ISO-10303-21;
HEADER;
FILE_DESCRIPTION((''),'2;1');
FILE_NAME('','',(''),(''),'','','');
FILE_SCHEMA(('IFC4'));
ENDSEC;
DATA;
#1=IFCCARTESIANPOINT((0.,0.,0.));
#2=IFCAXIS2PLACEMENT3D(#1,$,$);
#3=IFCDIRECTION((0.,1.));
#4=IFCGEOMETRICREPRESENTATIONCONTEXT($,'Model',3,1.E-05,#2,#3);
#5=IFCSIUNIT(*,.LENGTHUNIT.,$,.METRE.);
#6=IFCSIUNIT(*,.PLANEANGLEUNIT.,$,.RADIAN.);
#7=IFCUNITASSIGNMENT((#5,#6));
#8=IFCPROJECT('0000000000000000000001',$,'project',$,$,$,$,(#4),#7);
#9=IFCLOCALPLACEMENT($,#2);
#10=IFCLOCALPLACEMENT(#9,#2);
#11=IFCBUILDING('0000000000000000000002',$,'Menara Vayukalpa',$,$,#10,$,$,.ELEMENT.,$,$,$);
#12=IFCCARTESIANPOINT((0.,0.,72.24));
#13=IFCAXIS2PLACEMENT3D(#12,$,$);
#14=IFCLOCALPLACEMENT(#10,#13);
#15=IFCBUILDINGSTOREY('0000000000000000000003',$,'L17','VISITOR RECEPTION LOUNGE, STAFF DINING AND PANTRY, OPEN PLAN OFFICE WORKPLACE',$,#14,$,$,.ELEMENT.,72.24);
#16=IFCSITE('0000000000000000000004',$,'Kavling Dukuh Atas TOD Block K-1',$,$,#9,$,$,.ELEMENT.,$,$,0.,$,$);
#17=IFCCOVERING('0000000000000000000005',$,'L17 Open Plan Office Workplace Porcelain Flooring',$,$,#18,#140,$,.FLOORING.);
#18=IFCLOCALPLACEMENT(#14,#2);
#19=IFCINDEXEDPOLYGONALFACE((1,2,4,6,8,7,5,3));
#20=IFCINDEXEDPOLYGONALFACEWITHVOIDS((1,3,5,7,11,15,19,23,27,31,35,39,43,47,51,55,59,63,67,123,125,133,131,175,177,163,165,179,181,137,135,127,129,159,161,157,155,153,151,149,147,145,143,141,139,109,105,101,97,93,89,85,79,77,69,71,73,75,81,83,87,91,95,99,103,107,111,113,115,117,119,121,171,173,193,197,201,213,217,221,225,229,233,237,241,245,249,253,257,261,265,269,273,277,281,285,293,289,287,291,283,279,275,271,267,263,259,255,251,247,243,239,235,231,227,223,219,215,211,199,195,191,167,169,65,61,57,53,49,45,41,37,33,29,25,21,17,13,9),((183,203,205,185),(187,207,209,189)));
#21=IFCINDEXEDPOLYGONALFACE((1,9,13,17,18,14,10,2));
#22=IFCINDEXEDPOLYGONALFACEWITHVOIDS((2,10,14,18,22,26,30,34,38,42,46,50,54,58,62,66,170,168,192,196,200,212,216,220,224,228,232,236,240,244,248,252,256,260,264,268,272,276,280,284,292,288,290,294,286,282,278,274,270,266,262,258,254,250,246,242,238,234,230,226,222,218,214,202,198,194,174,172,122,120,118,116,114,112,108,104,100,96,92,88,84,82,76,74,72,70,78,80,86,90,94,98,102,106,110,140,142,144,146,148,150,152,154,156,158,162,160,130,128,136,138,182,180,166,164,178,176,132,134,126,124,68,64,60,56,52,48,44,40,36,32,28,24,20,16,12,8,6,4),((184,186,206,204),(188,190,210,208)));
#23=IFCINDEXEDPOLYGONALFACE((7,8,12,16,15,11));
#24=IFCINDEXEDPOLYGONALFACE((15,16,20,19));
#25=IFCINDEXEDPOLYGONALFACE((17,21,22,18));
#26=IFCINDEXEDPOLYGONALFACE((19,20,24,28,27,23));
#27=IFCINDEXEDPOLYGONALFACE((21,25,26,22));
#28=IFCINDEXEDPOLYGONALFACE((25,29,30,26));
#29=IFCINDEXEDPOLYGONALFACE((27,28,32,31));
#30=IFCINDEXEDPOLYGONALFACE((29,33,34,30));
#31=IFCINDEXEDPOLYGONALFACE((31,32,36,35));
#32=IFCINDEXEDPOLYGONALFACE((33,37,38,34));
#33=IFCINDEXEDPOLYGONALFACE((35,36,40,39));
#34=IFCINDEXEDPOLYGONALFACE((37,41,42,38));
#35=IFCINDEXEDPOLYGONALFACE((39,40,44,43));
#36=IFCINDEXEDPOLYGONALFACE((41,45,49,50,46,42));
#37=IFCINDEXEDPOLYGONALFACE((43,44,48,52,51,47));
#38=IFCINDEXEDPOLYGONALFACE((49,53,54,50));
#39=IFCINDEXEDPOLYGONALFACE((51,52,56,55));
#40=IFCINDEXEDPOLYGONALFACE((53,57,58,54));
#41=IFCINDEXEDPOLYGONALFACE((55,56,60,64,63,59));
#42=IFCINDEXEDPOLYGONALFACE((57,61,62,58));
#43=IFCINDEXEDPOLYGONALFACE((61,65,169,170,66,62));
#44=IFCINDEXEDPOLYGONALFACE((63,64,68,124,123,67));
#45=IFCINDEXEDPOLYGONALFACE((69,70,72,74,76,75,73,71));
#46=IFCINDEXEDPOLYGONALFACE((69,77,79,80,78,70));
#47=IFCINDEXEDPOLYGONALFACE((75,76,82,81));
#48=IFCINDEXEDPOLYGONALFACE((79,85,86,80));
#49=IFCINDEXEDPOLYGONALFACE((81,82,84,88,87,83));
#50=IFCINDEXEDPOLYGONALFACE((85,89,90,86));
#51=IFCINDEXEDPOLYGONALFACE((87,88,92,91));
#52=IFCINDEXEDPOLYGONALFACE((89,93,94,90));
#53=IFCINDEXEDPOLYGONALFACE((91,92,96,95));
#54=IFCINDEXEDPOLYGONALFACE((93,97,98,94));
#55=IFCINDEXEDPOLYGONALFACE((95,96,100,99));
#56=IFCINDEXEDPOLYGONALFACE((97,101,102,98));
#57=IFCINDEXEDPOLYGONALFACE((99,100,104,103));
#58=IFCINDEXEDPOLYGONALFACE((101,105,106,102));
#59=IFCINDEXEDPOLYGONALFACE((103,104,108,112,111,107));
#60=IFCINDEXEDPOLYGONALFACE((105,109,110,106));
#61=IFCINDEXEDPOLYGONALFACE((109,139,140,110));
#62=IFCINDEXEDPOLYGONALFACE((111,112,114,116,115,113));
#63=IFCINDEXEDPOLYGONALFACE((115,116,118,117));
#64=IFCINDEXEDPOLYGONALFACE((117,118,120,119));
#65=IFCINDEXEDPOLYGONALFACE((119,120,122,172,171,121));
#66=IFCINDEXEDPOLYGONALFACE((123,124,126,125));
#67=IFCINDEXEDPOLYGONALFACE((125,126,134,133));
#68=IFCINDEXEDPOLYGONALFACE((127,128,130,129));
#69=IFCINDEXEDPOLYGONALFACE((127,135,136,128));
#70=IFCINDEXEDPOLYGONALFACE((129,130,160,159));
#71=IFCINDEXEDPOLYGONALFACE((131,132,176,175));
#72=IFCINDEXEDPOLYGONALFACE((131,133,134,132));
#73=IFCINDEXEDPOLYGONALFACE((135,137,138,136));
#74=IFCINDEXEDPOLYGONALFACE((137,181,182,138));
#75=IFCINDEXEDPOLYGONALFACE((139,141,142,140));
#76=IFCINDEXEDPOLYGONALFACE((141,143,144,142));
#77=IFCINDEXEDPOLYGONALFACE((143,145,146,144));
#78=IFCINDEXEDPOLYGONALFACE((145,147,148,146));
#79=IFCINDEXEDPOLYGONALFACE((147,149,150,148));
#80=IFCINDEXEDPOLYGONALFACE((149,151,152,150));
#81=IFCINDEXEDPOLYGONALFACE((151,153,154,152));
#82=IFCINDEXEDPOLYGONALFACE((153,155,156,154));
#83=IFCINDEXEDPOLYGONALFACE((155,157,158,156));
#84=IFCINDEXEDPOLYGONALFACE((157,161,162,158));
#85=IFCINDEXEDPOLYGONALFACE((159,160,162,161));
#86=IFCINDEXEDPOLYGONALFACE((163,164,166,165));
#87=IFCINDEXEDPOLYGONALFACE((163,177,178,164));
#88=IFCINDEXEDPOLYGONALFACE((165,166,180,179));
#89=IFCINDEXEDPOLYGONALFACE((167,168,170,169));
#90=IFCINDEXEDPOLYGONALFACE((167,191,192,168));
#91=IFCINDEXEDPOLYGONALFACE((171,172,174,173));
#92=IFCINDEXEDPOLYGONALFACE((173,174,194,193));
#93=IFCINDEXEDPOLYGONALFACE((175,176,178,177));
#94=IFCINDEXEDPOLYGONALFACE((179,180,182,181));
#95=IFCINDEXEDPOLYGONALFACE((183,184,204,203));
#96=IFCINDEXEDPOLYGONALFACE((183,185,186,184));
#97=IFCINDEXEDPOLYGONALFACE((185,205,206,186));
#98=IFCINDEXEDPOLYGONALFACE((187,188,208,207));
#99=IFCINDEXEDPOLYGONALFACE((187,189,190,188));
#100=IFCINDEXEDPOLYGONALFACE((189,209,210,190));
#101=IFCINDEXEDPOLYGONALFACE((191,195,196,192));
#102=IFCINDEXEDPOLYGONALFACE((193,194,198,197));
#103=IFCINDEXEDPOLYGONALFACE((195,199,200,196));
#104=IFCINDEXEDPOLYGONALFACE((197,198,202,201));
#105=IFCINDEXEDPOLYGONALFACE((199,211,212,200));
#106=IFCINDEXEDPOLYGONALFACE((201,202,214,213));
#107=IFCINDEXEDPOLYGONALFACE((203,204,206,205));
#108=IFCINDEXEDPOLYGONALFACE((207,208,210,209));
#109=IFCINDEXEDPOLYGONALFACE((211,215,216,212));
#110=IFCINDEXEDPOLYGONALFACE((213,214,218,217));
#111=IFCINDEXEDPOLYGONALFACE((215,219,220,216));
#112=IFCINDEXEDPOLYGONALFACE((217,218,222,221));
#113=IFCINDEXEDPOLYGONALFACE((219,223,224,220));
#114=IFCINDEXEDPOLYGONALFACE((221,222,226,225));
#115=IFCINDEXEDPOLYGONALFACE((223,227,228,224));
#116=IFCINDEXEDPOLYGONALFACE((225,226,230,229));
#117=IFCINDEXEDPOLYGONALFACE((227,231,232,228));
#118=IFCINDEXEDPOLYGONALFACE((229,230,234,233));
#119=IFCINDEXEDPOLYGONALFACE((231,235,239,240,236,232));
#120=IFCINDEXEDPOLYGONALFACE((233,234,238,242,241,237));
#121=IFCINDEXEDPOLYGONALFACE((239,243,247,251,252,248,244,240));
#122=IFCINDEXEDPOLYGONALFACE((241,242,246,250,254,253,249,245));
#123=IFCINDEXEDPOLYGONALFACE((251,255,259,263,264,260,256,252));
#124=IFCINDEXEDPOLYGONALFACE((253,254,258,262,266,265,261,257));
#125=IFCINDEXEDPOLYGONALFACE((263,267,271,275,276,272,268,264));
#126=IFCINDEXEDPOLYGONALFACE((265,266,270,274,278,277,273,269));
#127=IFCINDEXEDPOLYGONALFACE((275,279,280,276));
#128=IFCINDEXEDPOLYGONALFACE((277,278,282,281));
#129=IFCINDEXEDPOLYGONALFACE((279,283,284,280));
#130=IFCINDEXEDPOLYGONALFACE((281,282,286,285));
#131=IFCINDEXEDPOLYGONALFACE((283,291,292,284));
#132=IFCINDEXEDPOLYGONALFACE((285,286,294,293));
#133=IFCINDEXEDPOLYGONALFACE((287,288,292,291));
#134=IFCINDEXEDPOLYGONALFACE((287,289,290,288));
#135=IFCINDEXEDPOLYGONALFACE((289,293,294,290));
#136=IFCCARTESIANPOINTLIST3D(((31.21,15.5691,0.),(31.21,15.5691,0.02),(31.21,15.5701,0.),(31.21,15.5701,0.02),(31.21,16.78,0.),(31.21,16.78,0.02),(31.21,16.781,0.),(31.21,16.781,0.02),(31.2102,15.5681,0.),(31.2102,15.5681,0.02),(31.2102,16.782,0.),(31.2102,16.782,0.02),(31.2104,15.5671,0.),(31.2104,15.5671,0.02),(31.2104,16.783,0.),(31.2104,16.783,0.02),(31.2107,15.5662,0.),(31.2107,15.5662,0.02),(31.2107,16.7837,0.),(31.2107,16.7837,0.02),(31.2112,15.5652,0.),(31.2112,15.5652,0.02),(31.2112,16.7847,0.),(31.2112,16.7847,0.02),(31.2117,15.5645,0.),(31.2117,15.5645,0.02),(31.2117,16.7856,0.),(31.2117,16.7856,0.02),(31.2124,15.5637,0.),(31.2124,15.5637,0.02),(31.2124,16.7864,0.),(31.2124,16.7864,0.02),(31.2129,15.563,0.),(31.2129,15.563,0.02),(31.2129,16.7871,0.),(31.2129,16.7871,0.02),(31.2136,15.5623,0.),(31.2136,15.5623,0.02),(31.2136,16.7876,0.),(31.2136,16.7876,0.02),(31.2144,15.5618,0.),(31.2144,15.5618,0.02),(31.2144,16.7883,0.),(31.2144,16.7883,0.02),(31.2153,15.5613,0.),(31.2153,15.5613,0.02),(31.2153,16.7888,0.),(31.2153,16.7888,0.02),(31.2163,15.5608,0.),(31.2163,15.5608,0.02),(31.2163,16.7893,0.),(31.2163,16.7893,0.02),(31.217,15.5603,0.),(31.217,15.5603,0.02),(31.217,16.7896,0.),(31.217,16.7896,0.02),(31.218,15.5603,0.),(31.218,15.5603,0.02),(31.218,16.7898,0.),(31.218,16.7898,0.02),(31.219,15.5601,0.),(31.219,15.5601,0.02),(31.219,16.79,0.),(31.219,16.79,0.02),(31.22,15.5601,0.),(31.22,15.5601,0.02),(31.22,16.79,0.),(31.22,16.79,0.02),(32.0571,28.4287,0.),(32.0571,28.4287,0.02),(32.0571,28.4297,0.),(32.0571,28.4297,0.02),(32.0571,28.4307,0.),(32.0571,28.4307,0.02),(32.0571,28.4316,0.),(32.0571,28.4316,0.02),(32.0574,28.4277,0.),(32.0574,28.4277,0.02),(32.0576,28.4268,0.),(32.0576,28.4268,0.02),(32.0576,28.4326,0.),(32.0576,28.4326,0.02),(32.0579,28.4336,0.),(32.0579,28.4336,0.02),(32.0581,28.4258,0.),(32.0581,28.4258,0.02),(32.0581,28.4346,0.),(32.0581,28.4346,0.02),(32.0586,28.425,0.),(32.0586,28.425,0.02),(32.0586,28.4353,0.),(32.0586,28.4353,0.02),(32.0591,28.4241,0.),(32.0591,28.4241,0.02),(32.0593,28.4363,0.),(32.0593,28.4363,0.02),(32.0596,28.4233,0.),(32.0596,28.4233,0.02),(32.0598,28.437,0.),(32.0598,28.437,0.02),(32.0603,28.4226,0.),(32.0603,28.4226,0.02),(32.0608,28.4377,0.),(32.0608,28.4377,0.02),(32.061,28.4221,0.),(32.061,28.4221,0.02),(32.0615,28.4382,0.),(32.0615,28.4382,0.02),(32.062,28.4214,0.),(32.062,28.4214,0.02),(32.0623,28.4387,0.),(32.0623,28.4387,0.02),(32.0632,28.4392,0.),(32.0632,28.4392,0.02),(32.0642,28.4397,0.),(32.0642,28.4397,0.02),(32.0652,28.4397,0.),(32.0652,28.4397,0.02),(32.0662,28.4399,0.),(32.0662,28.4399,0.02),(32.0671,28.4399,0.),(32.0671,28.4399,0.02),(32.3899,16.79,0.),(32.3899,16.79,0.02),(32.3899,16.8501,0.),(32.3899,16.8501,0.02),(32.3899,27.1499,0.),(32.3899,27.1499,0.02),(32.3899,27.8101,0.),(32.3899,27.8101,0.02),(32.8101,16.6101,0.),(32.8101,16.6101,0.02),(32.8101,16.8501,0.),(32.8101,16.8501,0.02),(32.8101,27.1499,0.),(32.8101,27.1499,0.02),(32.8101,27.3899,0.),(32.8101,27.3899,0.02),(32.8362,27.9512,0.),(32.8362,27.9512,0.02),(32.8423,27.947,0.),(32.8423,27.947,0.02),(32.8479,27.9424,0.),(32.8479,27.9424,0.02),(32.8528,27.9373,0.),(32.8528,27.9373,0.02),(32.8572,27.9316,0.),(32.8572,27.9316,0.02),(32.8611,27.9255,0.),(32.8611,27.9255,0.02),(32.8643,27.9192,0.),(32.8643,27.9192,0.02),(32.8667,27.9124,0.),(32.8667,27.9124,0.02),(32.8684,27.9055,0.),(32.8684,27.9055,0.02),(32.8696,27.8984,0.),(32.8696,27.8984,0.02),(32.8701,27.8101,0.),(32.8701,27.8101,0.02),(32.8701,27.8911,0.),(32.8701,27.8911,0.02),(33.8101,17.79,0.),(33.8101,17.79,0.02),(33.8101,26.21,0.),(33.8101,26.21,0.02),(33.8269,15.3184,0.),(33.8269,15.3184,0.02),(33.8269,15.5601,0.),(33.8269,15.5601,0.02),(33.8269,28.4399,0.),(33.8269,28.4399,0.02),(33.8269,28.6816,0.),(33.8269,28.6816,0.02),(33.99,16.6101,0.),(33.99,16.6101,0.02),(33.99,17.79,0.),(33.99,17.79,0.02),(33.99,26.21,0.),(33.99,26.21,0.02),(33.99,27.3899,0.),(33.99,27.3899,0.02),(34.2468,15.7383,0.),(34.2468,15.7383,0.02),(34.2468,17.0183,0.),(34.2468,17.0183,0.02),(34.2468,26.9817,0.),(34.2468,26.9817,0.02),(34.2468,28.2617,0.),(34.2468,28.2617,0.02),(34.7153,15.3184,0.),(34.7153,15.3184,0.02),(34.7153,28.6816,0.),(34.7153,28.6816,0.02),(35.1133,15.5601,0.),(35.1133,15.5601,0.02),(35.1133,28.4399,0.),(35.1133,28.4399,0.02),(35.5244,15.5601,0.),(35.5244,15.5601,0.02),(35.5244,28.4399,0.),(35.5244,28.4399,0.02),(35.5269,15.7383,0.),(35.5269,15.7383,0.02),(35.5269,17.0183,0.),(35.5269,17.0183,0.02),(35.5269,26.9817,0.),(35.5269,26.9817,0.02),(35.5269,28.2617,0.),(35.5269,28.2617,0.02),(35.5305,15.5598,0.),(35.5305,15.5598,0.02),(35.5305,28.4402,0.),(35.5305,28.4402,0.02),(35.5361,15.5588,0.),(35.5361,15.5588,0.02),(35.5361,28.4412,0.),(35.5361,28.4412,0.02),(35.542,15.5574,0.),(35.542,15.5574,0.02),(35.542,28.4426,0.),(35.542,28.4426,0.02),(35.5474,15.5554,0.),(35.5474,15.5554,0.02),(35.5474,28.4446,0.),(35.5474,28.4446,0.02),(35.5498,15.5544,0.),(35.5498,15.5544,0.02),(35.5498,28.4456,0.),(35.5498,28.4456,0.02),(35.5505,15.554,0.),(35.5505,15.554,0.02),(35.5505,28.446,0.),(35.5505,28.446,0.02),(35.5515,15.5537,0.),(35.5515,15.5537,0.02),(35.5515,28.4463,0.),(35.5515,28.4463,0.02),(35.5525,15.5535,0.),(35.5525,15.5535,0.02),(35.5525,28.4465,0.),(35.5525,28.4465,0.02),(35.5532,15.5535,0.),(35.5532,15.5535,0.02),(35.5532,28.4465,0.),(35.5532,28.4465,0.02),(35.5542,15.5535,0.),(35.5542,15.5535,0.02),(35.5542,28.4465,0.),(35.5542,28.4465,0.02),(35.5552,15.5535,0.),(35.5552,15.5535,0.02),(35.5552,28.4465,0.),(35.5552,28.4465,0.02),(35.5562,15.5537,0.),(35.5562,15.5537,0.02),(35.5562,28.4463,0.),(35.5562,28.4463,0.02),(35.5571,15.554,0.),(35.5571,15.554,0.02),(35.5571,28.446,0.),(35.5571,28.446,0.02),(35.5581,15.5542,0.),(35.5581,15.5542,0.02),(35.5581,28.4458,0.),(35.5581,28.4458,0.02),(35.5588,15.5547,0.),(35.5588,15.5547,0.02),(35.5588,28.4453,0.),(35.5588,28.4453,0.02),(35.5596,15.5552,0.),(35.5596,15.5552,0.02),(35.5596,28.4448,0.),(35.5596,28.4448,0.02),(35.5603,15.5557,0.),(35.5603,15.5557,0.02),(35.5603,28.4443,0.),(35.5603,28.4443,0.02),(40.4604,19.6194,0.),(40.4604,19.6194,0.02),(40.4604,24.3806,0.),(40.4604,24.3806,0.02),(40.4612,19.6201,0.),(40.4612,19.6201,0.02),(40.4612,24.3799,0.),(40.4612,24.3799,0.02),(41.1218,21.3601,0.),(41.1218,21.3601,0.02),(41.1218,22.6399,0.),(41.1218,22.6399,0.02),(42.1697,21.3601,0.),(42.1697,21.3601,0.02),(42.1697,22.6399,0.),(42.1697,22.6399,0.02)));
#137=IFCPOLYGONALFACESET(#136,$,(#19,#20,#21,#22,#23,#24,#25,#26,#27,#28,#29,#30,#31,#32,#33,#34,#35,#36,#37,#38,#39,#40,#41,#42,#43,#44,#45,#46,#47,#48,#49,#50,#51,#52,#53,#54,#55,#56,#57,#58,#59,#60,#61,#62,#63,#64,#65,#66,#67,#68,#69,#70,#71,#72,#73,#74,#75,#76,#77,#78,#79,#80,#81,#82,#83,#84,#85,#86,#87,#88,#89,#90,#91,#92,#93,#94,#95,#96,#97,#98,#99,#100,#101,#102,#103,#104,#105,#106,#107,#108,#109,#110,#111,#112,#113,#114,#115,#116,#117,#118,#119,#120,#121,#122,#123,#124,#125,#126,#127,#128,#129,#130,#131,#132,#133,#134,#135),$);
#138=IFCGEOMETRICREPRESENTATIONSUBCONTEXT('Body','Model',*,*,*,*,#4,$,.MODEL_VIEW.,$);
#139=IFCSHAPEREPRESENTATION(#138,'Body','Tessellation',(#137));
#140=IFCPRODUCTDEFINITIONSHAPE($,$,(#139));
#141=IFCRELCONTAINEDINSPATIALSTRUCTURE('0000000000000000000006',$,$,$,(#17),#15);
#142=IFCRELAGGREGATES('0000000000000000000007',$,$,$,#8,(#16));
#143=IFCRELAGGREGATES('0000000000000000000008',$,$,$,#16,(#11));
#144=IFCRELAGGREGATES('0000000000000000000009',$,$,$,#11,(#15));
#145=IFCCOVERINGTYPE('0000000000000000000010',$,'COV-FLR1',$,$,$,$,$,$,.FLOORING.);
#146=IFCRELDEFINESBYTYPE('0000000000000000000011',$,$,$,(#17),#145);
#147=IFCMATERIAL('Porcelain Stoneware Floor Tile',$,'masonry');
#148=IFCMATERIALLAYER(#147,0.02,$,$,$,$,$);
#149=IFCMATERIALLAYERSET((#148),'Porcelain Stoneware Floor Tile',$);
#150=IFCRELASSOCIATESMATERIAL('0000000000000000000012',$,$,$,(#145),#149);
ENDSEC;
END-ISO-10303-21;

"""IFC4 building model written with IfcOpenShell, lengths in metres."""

from ifc_helpers import new_model, si_unit, direction, frame, origin, place, context, subcontext, project, spatial, polyline, outline, extrude, material, layer, layer_set, type_object, element, save


model = new_model("IFC4")

# Units and contexts
model_context = context("Model", 3, precision=1e-05, world=origin(), true_north=direction((0.0, 1.0)))
body_context = subcontext(model_context, "Body", "Model", "MODEL_VIEW")
ifc_project = project(units=[si_unit("LENGTHUNIT", "METRE"), si_unit("PLANEANGLEUNIT", "RADIAN")], contexts=[model_context])

# Site, building, storey
site_placement = place(None, origin())
site = spatial("IfcSite", under=ifc_project, at=site_placement, Name="Kavling Dukuh Atas TOD Block K-1", CompositionType="ELEMENT", RefElevation=0.0)
building_placement = place(site_placement, origin())
building = spatial("IfcBuilding", under=site, at=building_placement, Name="Menara Vayukalpa", CompositionType="ELEMENT")
storey_placement = place(building_placement, frame((0.0, 0.0, 72.24)))
storey = spatial("IfcBuildingStorey", under=building, at=storey_placement, Name="L17", Description="VISITOR RECEPTION LOUNGE, STAFF DINING AND PANTRY, OPEN PLAN OFFICE WORKPLACE", CompositionType="ELEMENT", Elevation=72.24)

# Covering
ifc_material_1 = material(Name="Porcelain Stoneware Floor Tile", Category="masonry")
ifc_layer_1 = layer(ifc_material_1, 0.02)
ifc_layer_set_1 = layer_set([ifc_layer_1], Name="Porcelain Stoneware Floor Tile")
covering_type_1 = type_object("IfcCoveringType", Name="COV-FLR1", PredefinedType="FLOORING", material=ifc_layer_set_1)
covering_1_placement = place(storey_placement, origin())
element("IfcCovering", 1, at=covering_1_placement, inside=storey, type_object=covering_type_1, Name="L17 Open Plan Office Workplace Porcelain Flooring", PredefinedType="FLOORING", context=body_context, shape_type="SweptSolid", body=[
    extrude(outline(polyline([(31.219, 15.5601), (31.218, 15.5603), (31.217, 15.5603), (31.2163, 15.5608), (31.2153, 15.5613), (31.2144, 15.5618), (31.2136, 15.5623), (31.2129, 15.563), (31.2124, 15.5637), (31.2117, 15.5645), (31.2112, 15.5652), (31.2107, 15.5662), (31.2104, 15.5671), (31.2102, 15.5681), (31.21, 15.5691), (31.21, 15.5701), (31.21, 16.78), (31.21, 16.781), (31.2102, 16.782), (31.2104, 16.783), (31.2107, 16.7837), (31.2112, 16.7847), (31.2117, 16.7856), (31.2124, 16.7864), (31.2129, 16.7871), (31.2136, 16.7876), (31.2144, 16.7883), (31.2153, 16.7888), (31.2163, 16.7893), (31.217, 16.7896), (31.218, 16.7898), (31.219, 16.79), (31.22, 16.79), (32.3899, 16.79), (32.3899, 16.8501), (32.8101, 16.8501), (32.8101, 16.6101), (33.99, 16.6101), (33.99, 17.79), (33.8101, 17.79), (33.8101, 26.21), (33.99, 26.21), (33.99, 27.3899), (32.8101, 27.3899), (32.8101, 27.1499), (32.3899, 27.1499), (32.3899, 27.8101), (32.8701, 27.8101), (32.8701, 27.8911), (32.8696, 27.8984), (32.8684, 27.9055), (32.8667, 27.9124), (32.8643, 27.9192), (32.8611, 27.9255), (32.8572, 27.9316), (32.8528, 27.9373), (32.8479, 27.9424), (32.8423, 27.947), (32.8362, 27.9512), (32.062, 28.4214), (32.061, 28.4221), (32.0603, 28.4226), (32.0596, 28.4233), (32.0591, 28.4241), (32.0586, 28.425), (32.0581, 28.4258), (32.0576, 28.4268), (32.0574, 28.4277), (32.0571, 28.4287), (32.0571, 28.4297), (32.0571, 28.4307), (32.0571, 28.4316), (32.0576, 28.4326), (32.0579, 28.4336), (32.0581, 28.4346), (32.0586, 28.4353), (32.0593, 28.4363), (32.0598, 28.437), (32.0608, 28.4377), (32.0615, 28.4382), (32.0623, 28.4387), (32.0632, 28.4392), (32.0642, 28.4397), (32.0652, 28.4397), (32.0662, 28.4399), (32.0671, 28.4399), (33.8269, 28.4399), (33.8269, 28.6816), (34.7153, 28.6816), (35.1133, 28.4399), (35.5244, 28.4399), (35.5305, 28.4402), (35.5361, 28.4412), (35.542, 28.4426), (35.5474, 28.4446), (35.5498, 28.4456), (35.5505, 28.446), (35.5515, 28.4463), (35.5525, 28.4465), (35.5532, 28.4465), (35.5542, 28.4465), (35.5552, 28.4465), (35.5562, 28.4463), (35.5571, 28.446), (35.5581, 28.4458), (35.5588, 28.4453), (35.5596, 28.4448), (35.5603, 28.4443), (40.4604, 24.3806), (40.4612, 24.3799), (42.1697, 22.6399), (41.1218, 22.6399), (41.1218, 21.3601), (42.1697, 21.3601), (40.4612, 19.6201), (40.4604, 19.6194), (35.5603, 15.5557), (35.5596, 15.5552), (35.5588, 15.5547), (35.5581, 15.5542), (35.5571, 15.554), (35.5562, 15.5537), (35.5552, 15.5535), (35.5542, 15.5535), (35.5532, 15.5535), (35.5525, 15.5535), (35.5515, 15.5537), (35.5505, 15.554), (35.5498, 15.5544), (35.5474, 15.5554), (35.542, 15.5574), (35.5361, 15.5588), (35.5305, 15.5598), (35.5244, 15.5601), (35.1133, 15.5601), (34.7153, 15.3184), (33.8269, 15.3184), (33.8269, 15.5601), (31.22, 15.5601), (31.219, 15.5601)]), holes=[polyline([(35.5269, 17.0183), (34.2468, 17.0183), (34.2468, 15.7383), (35.5269, 15.7383), (35.5269, 17.0183)]), polyline([(35.5269, 26.9817), (35.5269, 28.2617), (34.2468, 28.2617), (34.2468, 26.9817), (35.5269, 26.9817)])]), origin(), (0.0, 0.0, 1.0), 0.02),
])

save(model, "model.ifc")
